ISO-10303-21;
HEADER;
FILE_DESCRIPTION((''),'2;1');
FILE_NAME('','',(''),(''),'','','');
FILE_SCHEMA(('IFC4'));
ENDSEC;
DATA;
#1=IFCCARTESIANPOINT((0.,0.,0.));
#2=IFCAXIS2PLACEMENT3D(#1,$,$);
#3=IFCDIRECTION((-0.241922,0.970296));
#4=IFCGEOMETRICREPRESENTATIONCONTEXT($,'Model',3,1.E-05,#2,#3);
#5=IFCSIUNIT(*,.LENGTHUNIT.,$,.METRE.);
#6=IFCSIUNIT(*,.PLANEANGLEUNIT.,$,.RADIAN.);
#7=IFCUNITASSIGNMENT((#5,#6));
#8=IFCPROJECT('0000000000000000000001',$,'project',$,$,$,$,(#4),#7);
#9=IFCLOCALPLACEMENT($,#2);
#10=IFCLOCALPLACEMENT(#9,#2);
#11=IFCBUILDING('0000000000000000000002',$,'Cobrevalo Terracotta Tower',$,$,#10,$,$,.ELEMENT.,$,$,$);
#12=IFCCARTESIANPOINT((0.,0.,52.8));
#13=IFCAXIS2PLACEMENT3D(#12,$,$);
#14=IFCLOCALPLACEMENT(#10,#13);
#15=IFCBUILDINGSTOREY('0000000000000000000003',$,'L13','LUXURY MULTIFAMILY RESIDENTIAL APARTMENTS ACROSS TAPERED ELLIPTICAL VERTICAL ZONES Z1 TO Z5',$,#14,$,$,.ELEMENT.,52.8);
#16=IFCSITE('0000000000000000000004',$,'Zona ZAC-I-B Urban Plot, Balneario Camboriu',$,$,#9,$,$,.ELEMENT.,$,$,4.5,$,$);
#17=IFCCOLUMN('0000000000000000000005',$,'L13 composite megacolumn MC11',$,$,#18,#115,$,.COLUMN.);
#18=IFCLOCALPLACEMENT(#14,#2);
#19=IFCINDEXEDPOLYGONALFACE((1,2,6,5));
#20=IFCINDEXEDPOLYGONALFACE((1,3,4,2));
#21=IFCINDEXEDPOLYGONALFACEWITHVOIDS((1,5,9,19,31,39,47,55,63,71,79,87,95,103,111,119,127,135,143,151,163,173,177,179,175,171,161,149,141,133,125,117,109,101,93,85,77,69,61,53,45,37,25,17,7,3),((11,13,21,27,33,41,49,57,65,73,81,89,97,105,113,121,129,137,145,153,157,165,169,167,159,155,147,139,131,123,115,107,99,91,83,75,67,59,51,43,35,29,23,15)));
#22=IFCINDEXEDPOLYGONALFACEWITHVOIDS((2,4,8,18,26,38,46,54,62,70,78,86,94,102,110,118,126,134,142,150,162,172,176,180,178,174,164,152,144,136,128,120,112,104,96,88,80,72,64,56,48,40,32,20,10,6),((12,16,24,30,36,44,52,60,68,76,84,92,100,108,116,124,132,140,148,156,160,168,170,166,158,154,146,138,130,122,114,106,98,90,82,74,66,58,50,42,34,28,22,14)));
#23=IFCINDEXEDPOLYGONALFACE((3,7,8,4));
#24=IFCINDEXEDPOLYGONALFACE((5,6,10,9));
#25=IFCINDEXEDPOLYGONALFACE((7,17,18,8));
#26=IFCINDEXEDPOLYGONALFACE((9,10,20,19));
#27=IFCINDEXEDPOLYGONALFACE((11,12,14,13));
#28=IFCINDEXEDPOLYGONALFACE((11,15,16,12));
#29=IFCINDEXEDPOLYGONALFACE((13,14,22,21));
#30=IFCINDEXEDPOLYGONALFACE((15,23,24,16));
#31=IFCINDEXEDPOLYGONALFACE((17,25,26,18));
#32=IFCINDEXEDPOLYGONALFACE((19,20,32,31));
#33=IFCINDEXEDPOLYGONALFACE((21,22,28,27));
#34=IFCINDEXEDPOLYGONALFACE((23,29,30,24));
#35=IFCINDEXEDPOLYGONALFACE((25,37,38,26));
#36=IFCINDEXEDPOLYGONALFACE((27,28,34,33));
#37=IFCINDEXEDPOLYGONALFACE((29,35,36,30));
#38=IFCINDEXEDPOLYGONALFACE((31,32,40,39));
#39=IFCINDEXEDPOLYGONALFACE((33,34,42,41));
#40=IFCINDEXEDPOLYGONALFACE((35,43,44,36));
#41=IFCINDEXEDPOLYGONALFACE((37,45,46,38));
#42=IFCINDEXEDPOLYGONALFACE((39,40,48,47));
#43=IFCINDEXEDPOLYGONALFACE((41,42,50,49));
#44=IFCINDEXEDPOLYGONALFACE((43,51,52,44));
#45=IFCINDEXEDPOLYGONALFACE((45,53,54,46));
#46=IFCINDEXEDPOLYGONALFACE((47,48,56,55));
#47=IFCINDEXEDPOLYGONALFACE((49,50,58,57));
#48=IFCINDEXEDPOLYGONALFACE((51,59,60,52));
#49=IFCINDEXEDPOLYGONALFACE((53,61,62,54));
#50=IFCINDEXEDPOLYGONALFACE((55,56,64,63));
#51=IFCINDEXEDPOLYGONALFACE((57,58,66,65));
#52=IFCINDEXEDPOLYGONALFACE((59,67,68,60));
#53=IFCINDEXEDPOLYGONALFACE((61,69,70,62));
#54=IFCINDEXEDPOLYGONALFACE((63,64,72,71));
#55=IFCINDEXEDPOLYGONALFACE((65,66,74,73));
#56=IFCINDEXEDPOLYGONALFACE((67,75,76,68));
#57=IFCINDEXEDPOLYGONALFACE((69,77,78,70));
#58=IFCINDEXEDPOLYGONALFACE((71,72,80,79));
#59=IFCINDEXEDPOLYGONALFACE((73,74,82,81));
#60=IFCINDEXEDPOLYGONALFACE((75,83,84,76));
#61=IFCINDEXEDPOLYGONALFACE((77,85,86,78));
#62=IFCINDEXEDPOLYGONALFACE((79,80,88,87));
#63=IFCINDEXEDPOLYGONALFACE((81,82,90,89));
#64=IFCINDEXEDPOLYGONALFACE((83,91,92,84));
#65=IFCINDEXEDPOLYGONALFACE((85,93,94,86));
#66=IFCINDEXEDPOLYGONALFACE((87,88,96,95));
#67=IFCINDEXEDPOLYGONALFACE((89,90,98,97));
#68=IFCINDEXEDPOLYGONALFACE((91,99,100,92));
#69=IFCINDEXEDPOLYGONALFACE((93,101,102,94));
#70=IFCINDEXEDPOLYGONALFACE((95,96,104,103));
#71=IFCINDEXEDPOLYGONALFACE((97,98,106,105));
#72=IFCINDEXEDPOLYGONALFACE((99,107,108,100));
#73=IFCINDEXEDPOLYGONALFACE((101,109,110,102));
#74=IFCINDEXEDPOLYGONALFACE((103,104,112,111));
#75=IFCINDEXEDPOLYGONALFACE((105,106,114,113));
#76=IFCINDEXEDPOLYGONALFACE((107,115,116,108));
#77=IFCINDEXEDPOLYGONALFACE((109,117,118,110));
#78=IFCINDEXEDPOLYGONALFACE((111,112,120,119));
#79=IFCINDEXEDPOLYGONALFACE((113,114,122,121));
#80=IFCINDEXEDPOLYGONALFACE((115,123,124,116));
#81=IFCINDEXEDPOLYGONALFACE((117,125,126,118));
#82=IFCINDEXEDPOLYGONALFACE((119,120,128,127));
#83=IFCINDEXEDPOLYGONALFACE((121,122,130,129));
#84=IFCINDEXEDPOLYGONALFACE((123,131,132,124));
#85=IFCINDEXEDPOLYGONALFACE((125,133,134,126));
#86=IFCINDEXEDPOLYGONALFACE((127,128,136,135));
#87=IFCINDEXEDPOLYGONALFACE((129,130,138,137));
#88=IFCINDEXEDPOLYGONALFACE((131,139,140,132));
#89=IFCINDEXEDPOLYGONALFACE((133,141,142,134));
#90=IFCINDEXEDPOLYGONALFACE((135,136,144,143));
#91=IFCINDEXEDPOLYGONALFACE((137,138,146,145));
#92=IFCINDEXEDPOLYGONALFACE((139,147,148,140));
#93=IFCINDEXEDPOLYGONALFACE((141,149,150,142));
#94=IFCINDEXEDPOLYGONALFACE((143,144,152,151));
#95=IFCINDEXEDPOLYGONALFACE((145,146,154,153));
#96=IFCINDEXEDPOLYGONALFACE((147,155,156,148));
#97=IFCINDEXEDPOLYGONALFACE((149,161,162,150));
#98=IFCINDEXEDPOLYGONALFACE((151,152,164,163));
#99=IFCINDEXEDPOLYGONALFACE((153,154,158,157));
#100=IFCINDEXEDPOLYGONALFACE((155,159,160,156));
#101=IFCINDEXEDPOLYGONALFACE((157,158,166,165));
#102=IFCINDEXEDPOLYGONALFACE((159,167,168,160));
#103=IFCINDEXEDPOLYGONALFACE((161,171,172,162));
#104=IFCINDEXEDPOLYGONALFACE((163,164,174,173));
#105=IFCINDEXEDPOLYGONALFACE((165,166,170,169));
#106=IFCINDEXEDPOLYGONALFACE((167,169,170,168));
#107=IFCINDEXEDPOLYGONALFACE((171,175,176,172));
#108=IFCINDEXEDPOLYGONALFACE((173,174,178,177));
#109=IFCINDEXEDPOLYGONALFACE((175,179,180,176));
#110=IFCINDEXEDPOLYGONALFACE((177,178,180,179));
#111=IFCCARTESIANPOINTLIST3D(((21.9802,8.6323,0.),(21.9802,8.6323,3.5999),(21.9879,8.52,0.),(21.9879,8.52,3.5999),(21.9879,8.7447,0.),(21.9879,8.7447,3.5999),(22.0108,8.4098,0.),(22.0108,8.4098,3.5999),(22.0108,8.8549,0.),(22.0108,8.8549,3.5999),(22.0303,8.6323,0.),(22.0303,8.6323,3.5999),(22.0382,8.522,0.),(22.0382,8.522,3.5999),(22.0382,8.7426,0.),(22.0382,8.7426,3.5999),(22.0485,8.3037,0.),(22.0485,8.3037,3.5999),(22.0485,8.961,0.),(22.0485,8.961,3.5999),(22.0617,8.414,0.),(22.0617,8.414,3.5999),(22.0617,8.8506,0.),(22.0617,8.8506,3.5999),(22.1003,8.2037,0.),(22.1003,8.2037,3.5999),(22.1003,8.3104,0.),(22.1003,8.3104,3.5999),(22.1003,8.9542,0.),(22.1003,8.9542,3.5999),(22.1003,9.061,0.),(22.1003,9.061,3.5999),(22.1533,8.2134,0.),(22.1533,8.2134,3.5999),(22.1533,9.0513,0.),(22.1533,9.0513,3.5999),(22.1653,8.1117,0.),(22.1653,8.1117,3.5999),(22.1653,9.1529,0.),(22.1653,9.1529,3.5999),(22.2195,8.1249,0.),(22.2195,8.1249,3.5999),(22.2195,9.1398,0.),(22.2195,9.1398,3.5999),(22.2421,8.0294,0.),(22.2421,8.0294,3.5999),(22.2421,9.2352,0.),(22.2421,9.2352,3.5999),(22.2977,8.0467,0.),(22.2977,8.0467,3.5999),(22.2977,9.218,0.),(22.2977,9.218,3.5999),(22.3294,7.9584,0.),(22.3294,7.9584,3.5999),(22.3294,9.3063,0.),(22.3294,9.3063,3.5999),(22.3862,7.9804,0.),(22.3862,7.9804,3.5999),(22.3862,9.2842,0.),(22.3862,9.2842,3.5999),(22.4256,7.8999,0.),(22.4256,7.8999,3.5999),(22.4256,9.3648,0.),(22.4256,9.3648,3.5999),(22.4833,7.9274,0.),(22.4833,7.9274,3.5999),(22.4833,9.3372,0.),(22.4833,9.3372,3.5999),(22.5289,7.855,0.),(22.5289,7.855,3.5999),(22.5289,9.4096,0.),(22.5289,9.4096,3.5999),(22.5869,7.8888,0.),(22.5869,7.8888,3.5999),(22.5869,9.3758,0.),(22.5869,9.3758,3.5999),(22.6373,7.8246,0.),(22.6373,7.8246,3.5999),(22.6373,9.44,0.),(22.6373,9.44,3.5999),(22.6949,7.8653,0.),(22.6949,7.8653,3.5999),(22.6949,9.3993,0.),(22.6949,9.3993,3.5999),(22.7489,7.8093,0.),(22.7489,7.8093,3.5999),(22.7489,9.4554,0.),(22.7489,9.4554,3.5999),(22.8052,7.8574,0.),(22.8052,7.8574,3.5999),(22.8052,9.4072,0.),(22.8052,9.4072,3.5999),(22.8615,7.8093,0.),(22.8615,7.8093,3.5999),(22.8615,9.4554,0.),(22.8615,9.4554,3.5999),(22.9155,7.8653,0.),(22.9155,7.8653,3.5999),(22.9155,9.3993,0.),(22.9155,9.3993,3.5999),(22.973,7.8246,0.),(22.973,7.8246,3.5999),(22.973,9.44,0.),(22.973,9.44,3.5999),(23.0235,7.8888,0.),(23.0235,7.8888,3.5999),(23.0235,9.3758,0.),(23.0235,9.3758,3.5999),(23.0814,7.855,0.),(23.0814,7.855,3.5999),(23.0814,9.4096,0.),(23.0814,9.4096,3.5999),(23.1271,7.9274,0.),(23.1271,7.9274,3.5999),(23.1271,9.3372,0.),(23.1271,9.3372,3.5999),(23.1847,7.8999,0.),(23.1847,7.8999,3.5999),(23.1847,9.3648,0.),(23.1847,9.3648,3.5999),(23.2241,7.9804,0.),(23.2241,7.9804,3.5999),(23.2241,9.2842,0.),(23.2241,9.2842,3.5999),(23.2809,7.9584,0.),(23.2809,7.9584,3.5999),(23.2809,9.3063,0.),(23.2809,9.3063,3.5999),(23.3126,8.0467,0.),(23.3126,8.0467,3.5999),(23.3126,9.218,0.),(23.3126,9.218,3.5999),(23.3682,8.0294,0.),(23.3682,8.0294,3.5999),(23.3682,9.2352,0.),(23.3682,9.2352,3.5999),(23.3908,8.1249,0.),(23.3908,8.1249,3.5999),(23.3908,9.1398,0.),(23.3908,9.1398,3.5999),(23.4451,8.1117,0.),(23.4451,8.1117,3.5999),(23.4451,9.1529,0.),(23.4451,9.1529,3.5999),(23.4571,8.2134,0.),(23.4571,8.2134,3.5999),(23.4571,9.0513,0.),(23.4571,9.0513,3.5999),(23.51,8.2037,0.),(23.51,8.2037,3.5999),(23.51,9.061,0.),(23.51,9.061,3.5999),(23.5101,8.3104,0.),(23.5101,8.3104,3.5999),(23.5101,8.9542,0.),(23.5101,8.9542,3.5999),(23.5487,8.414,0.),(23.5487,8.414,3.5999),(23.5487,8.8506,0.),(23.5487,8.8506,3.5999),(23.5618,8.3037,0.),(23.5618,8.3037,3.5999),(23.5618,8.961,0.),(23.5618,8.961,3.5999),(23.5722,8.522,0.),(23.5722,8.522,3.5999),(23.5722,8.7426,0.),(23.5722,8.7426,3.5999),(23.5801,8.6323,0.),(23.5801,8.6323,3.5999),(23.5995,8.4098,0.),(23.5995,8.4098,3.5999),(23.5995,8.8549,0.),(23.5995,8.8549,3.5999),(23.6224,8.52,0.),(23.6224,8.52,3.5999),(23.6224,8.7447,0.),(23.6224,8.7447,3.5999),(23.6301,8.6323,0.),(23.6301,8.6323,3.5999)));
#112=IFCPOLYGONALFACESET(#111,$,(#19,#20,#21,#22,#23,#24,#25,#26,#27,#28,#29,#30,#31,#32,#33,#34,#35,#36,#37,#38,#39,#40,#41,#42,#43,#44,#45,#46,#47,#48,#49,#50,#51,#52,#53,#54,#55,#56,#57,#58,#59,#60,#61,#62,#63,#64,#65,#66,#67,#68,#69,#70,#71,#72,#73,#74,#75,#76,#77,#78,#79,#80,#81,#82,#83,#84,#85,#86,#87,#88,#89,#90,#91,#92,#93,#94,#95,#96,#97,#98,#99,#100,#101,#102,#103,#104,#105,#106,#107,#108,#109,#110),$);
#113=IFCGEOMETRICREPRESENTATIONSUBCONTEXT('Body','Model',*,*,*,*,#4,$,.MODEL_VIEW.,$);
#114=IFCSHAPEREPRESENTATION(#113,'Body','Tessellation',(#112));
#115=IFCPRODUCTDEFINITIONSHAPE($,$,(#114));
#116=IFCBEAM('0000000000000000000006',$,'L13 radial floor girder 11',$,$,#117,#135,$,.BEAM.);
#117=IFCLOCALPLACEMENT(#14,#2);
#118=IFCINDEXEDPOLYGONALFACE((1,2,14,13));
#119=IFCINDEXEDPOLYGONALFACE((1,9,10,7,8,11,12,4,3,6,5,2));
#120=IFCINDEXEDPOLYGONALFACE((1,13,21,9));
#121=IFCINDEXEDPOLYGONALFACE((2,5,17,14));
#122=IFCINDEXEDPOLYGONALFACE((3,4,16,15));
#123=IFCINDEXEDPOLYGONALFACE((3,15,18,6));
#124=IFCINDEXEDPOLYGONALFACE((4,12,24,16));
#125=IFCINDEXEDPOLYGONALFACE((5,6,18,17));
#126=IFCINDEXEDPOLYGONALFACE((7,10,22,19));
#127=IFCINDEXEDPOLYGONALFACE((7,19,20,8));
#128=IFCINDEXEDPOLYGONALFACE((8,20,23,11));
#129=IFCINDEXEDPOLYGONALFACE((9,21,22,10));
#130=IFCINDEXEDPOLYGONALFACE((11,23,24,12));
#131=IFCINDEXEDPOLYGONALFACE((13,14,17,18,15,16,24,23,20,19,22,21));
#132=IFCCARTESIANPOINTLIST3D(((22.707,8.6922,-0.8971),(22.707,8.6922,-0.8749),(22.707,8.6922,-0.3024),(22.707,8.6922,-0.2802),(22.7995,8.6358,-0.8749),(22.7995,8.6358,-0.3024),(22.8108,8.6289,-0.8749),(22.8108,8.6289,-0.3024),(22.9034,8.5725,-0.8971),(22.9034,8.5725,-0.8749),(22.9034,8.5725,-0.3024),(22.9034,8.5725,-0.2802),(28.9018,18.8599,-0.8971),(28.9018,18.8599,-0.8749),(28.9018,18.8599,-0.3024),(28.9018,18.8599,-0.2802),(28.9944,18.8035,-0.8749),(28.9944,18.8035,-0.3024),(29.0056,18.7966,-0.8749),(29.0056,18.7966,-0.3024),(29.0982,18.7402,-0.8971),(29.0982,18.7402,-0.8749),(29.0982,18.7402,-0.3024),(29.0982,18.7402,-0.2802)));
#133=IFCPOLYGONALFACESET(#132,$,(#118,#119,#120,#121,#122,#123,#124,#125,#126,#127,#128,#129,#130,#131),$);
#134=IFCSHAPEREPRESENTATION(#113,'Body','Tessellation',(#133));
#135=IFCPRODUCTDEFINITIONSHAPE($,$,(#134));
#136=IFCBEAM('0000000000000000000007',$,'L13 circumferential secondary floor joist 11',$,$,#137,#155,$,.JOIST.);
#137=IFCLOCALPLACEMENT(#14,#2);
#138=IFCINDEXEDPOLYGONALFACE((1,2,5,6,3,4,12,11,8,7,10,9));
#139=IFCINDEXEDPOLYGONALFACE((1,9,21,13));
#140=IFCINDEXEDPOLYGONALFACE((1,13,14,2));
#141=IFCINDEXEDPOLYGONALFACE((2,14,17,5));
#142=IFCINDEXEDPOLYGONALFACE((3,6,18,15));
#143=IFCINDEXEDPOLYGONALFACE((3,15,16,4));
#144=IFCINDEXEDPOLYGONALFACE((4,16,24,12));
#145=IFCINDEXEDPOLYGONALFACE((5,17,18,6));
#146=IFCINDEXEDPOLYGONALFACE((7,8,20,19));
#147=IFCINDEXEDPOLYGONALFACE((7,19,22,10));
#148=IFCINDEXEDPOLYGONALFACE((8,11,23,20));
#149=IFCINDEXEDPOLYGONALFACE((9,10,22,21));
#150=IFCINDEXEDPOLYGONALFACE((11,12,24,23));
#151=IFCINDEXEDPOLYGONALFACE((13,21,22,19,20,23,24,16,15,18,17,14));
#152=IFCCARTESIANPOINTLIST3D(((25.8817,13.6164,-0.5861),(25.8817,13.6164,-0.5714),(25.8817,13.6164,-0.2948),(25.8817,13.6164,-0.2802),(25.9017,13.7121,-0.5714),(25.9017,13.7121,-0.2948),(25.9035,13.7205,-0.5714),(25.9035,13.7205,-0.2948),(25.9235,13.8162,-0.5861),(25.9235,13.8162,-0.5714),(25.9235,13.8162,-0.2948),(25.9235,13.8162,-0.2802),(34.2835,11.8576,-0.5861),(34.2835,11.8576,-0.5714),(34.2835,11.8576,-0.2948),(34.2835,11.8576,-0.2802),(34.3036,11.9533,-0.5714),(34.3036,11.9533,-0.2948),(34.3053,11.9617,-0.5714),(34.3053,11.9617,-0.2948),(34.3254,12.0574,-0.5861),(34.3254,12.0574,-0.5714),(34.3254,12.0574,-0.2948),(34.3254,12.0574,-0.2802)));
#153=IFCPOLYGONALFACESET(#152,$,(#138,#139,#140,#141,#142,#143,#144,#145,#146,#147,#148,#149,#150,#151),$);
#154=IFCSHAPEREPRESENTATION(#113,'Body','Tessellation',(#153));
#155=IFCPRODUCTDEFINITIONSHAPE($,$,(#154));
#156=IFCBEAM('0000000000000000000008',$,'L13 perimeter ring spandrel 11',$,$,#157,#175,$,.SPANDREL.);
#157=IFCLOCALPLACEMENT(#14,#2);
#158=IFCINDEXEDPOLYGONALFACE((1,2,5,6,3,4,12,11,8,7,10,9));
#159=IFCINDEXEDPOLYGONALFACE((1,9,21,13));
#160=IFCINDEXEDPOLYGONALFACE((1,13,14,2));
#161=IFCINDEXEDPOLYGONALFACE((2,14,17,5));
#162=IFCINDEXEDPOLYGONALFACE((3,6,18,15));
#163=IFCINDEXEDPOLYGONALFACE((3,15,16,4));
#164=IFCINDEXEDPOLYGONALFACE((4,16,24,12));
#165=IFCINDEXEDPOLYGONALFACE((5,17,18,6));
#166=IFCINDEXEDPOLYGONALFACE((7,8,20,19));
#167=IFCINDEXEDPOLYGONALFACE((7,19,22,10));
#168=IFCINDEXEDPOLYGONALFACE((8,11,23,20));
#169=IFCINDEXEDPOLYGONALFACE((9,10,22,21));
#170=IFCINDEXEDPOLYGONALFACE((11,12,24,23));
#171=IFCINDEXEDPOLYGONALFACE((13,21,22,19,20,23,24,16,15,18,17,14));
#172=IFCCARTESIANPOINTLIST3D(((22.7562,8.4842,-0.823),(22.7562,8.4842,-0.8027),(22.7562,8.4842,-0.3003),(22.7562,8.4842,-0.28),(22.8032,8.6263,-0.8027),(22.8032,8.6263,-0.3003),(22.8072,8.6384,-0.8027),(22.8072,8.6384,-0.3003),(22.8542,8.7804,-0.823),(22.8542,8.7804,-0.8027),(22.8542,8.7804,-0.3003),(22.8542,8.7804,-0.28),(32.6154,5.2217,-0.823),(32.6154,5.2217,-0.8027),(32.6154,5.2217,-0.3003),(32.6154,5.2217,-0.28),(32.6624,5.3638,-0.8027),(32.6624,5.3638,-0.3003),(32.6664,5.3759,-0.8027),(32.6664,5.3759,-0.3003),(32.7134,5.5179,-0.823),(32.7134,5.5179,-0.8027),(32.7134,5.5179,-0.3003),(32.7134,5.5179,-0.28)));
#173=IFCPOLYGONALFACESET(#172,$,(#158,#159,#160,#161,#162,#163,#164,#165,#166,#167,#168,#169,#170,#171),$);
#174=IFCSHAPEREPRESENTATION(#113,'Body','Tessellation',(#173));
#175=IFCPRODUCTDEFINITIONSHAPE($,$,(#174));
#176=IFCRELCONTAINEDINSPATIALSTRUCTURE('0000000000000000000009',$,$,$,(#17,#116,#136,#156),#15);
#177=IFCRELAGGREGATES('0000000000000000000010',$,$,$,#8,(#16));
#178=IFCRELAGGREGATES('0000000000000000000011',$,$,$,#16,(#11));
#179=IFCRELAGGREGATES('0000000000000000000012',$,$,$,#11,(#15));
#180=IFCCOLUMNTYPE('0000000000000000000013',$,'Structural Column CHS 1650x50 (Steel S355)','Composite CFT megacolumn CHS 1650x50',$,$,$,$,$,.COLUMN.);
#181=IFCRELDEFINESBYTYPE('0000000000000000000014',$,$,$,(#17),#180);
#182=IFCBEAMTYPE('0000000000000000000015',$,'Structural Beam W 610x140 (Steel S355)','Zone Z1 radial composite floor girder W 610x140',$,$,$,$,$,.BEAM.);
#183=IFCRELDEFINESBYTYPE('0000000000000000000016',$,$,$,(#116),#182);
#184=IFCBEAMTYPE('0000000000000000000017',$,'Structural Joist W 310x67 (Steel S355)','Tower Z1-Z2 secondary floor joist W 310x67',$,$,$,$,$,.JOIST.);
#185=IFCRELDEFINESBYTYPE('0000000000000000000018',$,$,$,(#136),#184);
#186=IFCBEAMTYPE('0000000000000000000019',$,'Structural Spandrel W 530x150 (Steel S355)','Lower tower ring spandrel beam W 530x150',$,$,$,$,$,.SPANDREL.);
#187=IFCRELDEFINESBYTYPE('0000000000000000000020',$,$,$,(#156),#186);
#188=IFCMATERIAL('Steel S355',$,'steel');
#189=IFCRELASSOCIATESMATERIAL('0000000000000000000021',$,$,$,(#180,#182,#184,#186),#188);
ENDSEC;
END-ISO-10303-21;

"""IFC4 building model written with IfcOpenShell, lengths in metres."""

from ifc_helpers import new_model, si_unit, direction, frame, origin, origin_2d, place, context, subcontext, project, spatial, hollow_circle, i_section, extrude, material, material_profile, profile_set, type_object, element, save


model = new_model("IFC4")

# Units and contexts
model_context = context("Model", 3, precision=1e-05, world=origin(), true_north=direction((-0.241922, 0.970296)))
body_context = subcontext(model_context, "Body", "Model", "MODEL_VIEW")
ifc_project = project(units=[si_unit("LENGTHUNIT", "METRE"), si_unit("PLANEANGLEUNIT", "RADIAN")], contexts=[model_context])

# Site, building, storey
site_placement = place(None, origin())
site = spatial("IfcSite", under=ifc_project, at=site_placement, Name="Zona ZAC-I-B Urban Plot, Balneario Camboriu", CompositionType="ELEMENT", RefElevation=4.5)
building_placement = place(site_placement, origin())
building = spatial("IfcBuilding", under=site, at=building_placement, Name="Cobrevalo Terracotta Tower", CompositionType="ELEMENT")
storey_placement = place(building_placement, frame((0.0, 0.0, 52.8)))
storey = spatial("IfcBuildingStorey", under=building, at=storey_placement, Name="L13", Description="LUXURY MULTIFAMILY RESIDENTIAL APARTMENTS ACROSS TAPERED ELLIPTICAL VERTICAL ZONES Z1 TO Z5", CompositionType="ELEMENT", Elevation=52.8)

# Column
ifc_material_1 = material(Name="Steel S355", Category="steel")
ifc_material_profile_1 = material_profile(ifc_material_1, hollow_circle(Radius=0.825, WallThickness=0.05, at=origin_2d()), Name="CHS 1650x50")
ifc_profile_set_1 = profile_set([ifc_material_profile_1], Name="Steel S355")
column_type = type_object("IfcColumnType", Name="Structural Column CHS 1650x50 (Steel S355)", Description="Composite CFT megacolumn CHS 1650x50", PredefinedType="COLUMN", material=ifc_profile_set_1)
for number, where, z_axis, x_axis, name in (
    (1, (22.8052, 8.6323, 0.0), (0.0, 0.0, 1.0), (1.0, 0.0, 0.0), "L13 composite megacolumn MC11"),
):
    element("IfcColumn", number, at=place(storey_placement, frame(where, z_axis=z_axis, x_axis=x_axis)), inside=storey, type_object=column_type, Name=name, PredefinedType="COLUMN", context=body_context, shape_type="SweptSolid", body=[
        extrude(hollow_circle(Radius=0.825, WallThickness=0.05, at=origin_2d()), origin(), (0.0, 0.0, 1.0), 3.5999),
    ])

# Beams
ifc_material_profile_2 = material_profile(ifc_material_1, i_section(OverallWidth=0.23, OverallDepth=0.6169, WebThickness=0.0132, FlangeThickness=0.0222, at=origin_2d()), Name="W 610x140")
ifc_profile_set_2 = profile_set([ifc_material_profile_2], Name="Steel S355")
beam_type_1 = type_object("IfcBeamType", Name="Structural Beam W 610x140 (Steel S355)", Description="Zone Z1 radial composite floor girder W 610x140", PredefinedType="BEAM", material=ifc_profile_set_2)
beam_1_placement = place(storey_placement, frame((22.8052, 8.6323, -0.5886), z_axis=(0.520301, 0.853983, 0.0), x_axis=(-0.853983, 0.520301, 0.0)))
element("IfcBeam", 2, at=beam_1_placement, inside=storey, type_object=beam_type_1, Name="L13 radial floor girder 11", PredefinedType="BEAM", context=body_context, shape_type="SweptSolid", body=[
    extrude(i_section(OverallWidth=0.23, OverallDepth=0.6169, WebThickness=0.0132, FlangeThickness=0.0222, at=origin_2d()), origin(), (0.0, 0.0, 1.0), 11.9062),
])
ifc_material_profile_3 = material_profile(ifc_material_1, i_section(OverallWidth=0.2041, OverallDepth=0.3059, WebThickness=0.0085, FlangeThickness=0.0146, at=origin_2d()), Name="W 310x67")
ifc_profile_set_3 = profile_set([ifc_material_profile_3], Name="Steel S355")
beam_type_2 = type_object("IfcBeamType", Name="Structural Joist W 310x67 (Steel S355)", Description="Tower Z1-Z2 secondary floor joist W 310x67", PredefinedType="JOIST", material=ifc_profile_set_3)
beam_2_placement = place(storey_placement, frame((25.9026, 13.7163, -0.4331), z_axis=(0.978785, -0.204892, 0.0), x_axis=(0.204892, 0.978785, 0.0)))
element("IfcBeam", 3, at=beam_2_placement, inside=storey, type_object=beam_type_2, Name="L13 circumferential secondary floor joist 11", PredefinedType="JOIST", context=body_context, shape_type="SweptSolid", body=[
    extrude(i_section(OverallWidth=0.2041, OverallDepth=0.3059, WebThickness=0.0085, FlangeThickness=0.0146, at=origin_2d()), origin(), (0.0, 0.0, 1.0), 8.584),
])
ifc_material_profile_4 = material_profile(ifc_material_1, i_section(OverallWidth=0.312, OverallDepth=0.543, WebThickness=0.0127, FlangeThickness=0.0203, at=origin_2d()), Name="W 530x150")
ifc_profile_set_4 = profile_set([ifc_material_profile_4], Name="Steel S355")
beam_type_3 = type_object("IfcBeamType", Name="Structural Spandrel W 530x150 (Steel S355)", Description="Lower tower ring spandrel beam W 530x150", PredefinedType="SPANDREL", material=ifc_profile_set_4)
beam_3_placement = place(storey_placement, frame((22.8052, 8.6323, -0.5515), z_axis=(0.949372, -0.314153, 0.0), x_axis=(0.314153, 0.949372, 0.0)))
element("IfcBeam", 4, at=beam_3_placement, inside=storey, type_object=beam_type_3, Name="L13 perimeter ring spandrel 11", PredefinedType="SPANDREL", context=body_context, shape_type="SweptSolid", body=[
    extrude(i_section(OverallWidth=0.312, OverallDepth=0.543, WebThickness=0.0127, FlangeThickness=0.0203, at=origin_2d()), origin(), (0.0, 0.0, 1.0), 10.385),
])

save(model, "model.ifc")
